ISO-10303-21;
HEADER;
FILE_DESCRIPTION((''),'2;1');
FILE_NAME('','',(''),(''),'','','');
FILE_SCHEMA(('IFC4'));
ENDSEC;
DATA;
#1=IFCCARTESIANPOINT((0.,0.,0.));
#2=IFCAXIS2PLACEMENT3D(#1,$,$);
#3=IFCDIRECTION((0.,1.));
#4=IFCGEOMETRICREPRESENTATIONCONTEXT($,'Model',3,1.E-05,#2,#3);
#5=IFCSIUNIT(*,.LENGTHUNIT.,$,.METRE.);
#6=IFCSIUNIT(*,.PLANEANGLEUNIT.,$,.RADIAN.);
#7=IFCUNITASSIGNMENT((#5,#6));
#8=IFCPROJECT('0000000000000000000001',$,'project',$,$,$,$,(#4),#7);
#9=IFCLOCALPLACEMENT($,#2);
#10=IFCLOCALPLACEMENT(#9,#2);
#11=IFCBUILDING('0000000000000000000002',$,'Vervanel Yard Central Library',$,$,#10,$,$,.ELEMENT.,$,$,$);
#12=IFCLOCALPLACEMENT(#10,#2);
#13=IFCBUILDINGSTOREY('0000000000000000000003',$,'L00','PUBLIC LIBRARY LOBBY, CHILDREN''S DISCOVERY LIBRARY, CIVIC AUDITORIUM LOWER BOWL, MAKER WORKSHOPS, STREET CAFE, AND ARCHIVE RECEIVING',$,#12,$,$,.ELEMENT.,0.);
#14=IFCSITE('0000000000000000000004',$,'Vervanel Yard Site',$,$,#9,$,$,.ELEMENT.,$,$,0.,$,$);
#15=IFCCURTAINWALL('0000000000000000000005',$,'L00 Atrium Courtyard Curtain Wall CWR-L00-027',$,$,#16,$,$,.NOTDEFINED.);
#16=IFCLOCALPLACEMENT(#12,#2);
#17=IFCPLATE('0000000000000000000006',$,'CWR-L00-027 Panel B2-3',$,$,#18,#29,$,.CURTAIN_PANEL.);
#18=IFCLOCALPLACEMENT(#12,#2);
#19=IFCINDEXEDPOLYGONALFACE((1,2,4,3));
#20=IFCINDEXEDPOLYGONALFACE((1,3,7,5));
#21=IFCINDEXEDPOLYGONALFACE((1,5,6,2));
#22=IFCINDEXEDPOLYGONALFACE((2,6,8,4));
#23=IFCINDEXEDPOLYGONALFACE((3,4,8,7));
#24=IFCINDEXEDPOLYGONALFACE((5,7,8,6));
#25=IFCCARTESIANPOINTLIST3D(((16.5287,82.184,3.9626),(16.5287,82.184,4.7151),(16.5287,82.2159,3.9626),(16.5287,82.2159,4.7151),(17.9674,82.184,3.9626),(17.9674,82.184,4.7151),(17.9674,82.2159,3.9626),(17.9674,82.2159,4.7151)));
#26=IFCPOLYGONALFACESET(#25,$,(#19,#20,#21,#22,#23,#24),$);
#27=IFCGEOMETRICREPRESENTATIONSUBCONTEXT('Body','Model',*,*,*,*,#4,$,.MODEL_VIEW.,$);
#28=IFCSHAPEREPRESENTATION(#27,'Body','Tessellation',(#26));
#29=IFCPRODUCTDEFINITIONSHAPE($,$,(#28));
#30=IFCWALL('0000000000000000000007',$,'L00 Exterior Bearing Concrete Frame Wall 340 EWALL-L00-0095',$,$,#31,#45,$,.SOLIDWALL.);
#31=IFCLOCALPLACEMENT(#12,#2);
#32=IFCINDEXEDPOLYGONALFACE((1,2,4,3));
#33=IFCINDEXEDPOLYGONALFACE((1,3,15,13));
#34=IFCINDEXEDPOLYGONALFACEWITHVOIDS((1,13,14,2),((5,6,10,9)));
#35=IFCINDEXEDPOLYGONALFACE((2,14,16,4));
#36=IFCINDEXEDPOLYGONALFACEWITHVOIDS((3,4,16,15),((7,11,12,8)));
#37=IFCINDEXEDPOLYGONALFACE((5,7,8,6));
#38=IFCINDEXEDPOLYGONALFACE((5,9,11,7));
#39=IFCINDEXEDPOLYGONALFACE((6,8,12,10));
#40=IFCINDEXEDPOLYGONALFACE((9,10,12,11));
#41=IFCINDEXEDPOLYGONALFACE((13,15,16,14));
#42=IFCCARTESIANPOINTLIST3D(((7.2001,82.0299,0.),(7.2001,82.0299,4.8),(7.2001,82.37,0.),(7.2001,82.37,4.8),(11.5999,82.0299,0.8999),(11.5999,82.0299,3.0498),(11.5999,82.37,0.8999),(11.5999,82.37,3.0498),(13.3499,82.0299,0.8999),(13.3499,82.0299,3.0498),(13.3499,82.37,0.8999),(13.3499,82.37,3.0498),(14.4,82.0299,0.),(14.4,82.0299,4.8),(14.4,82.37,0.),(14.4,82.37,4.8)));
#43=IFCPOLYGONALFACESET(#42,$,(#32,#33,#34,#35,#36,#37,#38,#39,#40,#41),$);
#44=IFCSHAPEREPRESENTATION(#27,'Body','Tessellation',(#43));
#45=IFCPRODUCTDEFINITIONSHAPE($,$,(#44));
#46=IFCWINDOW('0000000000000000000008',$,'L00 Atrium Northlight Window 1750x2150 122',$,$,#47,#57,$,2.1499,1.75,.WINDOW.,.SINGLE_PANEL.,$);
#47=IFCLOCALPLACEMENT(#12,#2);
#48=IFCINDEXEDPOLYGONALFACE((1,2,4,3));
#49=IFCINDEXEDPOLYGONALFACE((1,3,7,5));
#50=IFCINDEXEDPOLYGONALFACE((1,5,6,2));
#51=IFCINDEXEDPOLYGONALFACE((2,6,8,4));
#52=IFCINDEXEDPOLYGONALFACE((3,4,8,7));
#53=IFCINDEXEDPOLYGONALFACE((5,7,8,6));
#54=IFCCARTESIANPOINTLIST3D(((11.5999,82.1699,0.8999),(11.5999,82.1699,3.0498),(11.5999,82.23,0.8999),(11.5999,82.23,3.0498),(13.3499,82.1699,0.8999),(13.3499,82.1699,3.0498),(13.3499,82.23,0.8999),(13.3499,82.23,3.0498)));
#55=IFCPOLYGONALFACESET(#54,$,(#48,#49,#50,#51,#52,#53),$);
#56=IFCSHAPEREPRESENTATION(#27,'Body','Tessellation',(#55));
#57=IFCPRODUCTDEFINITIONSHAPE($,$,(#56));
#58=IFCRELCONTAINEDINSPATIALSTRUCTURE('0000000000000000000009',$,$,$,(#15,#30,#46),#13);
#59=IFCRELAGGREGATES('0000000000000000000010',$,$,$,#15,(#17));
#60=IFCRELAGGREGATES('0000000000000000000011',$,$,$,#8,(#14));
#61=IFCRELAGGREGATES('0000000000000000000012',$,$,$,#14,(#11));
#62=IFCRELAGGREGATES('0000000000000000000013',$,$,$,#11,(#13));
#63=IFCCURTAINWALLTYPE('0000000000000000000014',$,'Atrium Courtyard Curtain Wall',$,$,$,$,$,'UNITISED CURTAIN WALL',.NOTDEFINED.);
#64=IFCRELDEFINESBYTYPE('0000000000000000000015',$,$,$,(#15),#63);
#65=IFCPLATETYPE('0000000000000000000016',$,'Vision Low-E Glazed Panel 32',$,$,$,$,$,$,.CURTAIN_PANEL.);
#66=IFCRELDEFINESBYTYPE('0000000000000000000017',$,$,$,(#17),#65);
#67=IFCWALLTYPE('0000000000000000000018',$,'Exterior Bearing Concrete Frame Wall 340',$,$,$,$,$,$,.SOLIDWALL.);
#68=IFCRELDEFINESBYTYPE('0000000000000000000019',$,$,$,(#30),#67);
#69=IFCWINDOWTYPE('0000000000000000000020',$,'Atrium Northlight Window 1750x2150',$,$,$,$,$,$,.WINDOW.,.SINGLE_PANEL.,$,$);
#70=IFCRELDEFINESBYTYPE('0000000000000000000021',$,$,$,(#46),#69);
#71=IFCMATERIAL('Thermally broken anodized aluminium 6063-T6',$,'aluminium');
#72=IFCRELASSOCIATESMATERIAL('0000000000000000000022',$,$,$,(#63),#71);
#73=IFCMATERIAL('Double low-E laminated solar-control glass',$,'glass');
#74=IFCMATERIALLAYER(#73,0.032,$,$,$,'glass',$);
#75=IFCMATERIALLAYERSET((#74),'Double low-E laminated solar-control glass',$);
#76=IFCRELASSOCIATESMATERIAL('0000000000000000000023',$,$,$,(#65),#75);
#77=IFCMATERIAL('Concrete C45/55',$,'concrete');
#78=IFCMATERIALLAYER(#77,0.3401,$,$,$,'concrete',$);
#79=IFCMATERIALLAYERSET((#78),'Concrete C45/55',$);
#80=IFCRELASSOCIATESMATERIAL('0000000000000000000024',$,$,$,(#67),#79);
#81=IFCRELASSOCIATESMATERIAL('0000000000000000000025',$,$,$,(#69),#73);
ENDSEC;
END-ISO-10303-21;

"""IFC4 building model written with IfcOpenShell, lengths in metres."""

from ifc_helpers import new_model, si_unit, direction, frame, frame_2d, origin, origin_2d, place, context, subcontext, project, spatial, rectangle, extrude, material, layer, layer_set, type_object, element, fill, aggregate, save


model = new_model("IFC4")

# Units and contexts
model_context = context("Model", 3, precision=1e-05, world=origin(), true_north=direction((0.0, 1.0)))
body_context = subcontext(model_context, "Body", "Model", "MODEL_VIEW")
ifc_project = project(units=[si_unit("LENGTHUNIT", "METRE"), si_unit("PLANEANGLEUNIT", "RADIAN")], contexts=[model_context])

# Site, building, storey
site_placement = place(None, origin())
site = spatial("IfcSite", under=ifc_project, at=site_placement, Name="Vervanel Yard Site", CompositionType="ELEMENT", RefElevation=0.0)
building_placement = place(site_placement, origin())
building = spatial("IfcBuilding", under=site, at=building_placement, Name="Vervanel Yard Central Library", CompositionType="ELEMENT")
storey_placement = place(building_placement, origin())
storey = spatial("IfcBuildingStorey", under=building, at=storey_placement, Name="L00", Description="PUBLIC LIBRARY LOBBY, CHILDREN'S DISCOVERY LIBRARY, CIVIC AUDITORIUM LOWER BOWL, MAKER WORKSHOPS, STREET CAFE, AND ARCHIVE RECEIVING", CompositionType="ELEMENT", Elevation=0.0)

# Curtain wall, plate
ifc_material_1 = material(Name="Thermally broken anodized aluminium 6063-T6", Category="aluminium")
curtain_wall_type = type_object("IfcCurtainWallType", Name="Atrium Courtyard Curtain Wall", ElementType="UNITISED CURTAIN WALL", PredefinedType="NOTDEFINED", material=ifc_material_1)
curtain_wall_placement = place(storey_placement, origin())
curtain_wall = element("IfcCurtainWall", 1, at=curtain_wall_placement, inside=storey, type_object=curtain_wall_type, Name="L00 Atrium Courtyard Curtain Wall CWR-L00-027", PredefinedType="NOTDEFINED")
ifc_material_2 = material(Name="Double low-E laminated solar-control glass", Category="glass")
ifc_layer_1 = layer(ifc_material_2, 0.032, Category="glass")
ifc_layer_set_1 = layer_set([ifc_layer_1], Name="Double low-E laminated solar-control glass")
plate_type_1 = type_object("IfcPlateType", Name="Vision Low-E Glazed Panel 32", PredefinedType="CURTAIN_PANEL", material=ifc_layer_set_1)
plate_1_placement = place(storey_placement, frame((17.248, 82.2, 3.9626), z_axis=(0.0, 0.0, 1.0), x_axis=(1.0, 0.0, 0.0)))
plate_1 = element("IfcPlate", 2, at=plate_1_placement, type_object=plate_type_1, Name="CWR-L00-027 Panel B2-3", PredefinedType="CURTAIN_PANEL", context=body_context, shape_type="SweptSolid", body=[
    extrude(rectangle(XDim=1.4387, YDim=0.032, at=origin_2d()), origin(), (0.0, 0.0, 1.0), 0.7524),
])
aggregate(curtain_wall, [plate_1])

# Wall, opening, window
ifc_material_3 = material(Name="Concrete C45/55", Category="concrete")
ifc_layer_2 = layer(ifc_material_3, 0.3401, Category="concrete")
ifc_layer_set_2 = layer_set([ifc_layer_2], Name="Concrete C45/55")
wall_type = type_object("IfcWallType", Name="Exterior Bearing Concrete Frame Wall 340", PredefinedType="SOLIDWALL", material=ifc_layer_set_2)
wall_placement = place(storey_placement, frame((7.2, 82.2, 0.0), z_axis=(0.0, 0.0, 1.0), x_axis=(1.0, 0.0, 0.0)))
wall = element("IfcWall", 3, at=wall_placement, inside=storey, type_object=wall_type, Name="L00 Exterior Bearing Concrete Frame Wall 340 EWALL-L00-0095", PredefinedType="SOLIDWALL", context=body_context, shape_type="SweptSolid", body=[
    extrude(rectangle(XDim=7.2, YDim=0.3401, at=frame_2d((3.6001, 0.0))), origin(), (0.0, 0.0, 1.0), 4.8),
])
opening_placement = place(wall_placement, frame((4.3999, 0.0, 0.8999)))
opening = element("IfcOpeningElement", 4, at=opening_placement, cuts=wall, PredefinedType="OPENING", context=body_context, shape_type="SweptSolid", body=[
    extrude(rectangle(XDim=1.75, YDim=2.1499, at=frame_2d((0.875, 1.075))), frame((0.0, 0.1799, 0.0), z_axis=(0.0, -1.0, 0.0), x_axis=(1.0, 0.0, 0.0)), (0.0, 0.0, 1.0), 0.3601),
])
window_type = type_object("IfcWindowType", Name="Atrium Northlight Window 1750x2150", PartitioningType="SINGLE_PANEL", PredefinedType="WINDOW", material=ifc_material_2)
window_placement = place(opening_placement, origin())
window = element("IfcWindow", 5, at=window_placement, inside=storey, type_object=window_type, Name="L00 Atrium Northlight Window 1750x2150 122", OverallHeight=2.1499, OverallWidth=1.75, PartitioningType="SINGLE_PANEL", PredefinedType="WINDOW", context=body_context, shape_type="SweptSolid", body=[
    extrude(rectangle(XDim=1.75, YDim=2.1499, at=frame_2d((0.875, 1.075))), frame((0.0, 0.03, 0.0), z_axis=(0.0, -1.0, 0.0), x_axis=(1.0, 0.0, 0.0)), (0.0, 0.0, 1.0), 0.0601),
])
fill(opening, window)

save(model, "model.ifc")
